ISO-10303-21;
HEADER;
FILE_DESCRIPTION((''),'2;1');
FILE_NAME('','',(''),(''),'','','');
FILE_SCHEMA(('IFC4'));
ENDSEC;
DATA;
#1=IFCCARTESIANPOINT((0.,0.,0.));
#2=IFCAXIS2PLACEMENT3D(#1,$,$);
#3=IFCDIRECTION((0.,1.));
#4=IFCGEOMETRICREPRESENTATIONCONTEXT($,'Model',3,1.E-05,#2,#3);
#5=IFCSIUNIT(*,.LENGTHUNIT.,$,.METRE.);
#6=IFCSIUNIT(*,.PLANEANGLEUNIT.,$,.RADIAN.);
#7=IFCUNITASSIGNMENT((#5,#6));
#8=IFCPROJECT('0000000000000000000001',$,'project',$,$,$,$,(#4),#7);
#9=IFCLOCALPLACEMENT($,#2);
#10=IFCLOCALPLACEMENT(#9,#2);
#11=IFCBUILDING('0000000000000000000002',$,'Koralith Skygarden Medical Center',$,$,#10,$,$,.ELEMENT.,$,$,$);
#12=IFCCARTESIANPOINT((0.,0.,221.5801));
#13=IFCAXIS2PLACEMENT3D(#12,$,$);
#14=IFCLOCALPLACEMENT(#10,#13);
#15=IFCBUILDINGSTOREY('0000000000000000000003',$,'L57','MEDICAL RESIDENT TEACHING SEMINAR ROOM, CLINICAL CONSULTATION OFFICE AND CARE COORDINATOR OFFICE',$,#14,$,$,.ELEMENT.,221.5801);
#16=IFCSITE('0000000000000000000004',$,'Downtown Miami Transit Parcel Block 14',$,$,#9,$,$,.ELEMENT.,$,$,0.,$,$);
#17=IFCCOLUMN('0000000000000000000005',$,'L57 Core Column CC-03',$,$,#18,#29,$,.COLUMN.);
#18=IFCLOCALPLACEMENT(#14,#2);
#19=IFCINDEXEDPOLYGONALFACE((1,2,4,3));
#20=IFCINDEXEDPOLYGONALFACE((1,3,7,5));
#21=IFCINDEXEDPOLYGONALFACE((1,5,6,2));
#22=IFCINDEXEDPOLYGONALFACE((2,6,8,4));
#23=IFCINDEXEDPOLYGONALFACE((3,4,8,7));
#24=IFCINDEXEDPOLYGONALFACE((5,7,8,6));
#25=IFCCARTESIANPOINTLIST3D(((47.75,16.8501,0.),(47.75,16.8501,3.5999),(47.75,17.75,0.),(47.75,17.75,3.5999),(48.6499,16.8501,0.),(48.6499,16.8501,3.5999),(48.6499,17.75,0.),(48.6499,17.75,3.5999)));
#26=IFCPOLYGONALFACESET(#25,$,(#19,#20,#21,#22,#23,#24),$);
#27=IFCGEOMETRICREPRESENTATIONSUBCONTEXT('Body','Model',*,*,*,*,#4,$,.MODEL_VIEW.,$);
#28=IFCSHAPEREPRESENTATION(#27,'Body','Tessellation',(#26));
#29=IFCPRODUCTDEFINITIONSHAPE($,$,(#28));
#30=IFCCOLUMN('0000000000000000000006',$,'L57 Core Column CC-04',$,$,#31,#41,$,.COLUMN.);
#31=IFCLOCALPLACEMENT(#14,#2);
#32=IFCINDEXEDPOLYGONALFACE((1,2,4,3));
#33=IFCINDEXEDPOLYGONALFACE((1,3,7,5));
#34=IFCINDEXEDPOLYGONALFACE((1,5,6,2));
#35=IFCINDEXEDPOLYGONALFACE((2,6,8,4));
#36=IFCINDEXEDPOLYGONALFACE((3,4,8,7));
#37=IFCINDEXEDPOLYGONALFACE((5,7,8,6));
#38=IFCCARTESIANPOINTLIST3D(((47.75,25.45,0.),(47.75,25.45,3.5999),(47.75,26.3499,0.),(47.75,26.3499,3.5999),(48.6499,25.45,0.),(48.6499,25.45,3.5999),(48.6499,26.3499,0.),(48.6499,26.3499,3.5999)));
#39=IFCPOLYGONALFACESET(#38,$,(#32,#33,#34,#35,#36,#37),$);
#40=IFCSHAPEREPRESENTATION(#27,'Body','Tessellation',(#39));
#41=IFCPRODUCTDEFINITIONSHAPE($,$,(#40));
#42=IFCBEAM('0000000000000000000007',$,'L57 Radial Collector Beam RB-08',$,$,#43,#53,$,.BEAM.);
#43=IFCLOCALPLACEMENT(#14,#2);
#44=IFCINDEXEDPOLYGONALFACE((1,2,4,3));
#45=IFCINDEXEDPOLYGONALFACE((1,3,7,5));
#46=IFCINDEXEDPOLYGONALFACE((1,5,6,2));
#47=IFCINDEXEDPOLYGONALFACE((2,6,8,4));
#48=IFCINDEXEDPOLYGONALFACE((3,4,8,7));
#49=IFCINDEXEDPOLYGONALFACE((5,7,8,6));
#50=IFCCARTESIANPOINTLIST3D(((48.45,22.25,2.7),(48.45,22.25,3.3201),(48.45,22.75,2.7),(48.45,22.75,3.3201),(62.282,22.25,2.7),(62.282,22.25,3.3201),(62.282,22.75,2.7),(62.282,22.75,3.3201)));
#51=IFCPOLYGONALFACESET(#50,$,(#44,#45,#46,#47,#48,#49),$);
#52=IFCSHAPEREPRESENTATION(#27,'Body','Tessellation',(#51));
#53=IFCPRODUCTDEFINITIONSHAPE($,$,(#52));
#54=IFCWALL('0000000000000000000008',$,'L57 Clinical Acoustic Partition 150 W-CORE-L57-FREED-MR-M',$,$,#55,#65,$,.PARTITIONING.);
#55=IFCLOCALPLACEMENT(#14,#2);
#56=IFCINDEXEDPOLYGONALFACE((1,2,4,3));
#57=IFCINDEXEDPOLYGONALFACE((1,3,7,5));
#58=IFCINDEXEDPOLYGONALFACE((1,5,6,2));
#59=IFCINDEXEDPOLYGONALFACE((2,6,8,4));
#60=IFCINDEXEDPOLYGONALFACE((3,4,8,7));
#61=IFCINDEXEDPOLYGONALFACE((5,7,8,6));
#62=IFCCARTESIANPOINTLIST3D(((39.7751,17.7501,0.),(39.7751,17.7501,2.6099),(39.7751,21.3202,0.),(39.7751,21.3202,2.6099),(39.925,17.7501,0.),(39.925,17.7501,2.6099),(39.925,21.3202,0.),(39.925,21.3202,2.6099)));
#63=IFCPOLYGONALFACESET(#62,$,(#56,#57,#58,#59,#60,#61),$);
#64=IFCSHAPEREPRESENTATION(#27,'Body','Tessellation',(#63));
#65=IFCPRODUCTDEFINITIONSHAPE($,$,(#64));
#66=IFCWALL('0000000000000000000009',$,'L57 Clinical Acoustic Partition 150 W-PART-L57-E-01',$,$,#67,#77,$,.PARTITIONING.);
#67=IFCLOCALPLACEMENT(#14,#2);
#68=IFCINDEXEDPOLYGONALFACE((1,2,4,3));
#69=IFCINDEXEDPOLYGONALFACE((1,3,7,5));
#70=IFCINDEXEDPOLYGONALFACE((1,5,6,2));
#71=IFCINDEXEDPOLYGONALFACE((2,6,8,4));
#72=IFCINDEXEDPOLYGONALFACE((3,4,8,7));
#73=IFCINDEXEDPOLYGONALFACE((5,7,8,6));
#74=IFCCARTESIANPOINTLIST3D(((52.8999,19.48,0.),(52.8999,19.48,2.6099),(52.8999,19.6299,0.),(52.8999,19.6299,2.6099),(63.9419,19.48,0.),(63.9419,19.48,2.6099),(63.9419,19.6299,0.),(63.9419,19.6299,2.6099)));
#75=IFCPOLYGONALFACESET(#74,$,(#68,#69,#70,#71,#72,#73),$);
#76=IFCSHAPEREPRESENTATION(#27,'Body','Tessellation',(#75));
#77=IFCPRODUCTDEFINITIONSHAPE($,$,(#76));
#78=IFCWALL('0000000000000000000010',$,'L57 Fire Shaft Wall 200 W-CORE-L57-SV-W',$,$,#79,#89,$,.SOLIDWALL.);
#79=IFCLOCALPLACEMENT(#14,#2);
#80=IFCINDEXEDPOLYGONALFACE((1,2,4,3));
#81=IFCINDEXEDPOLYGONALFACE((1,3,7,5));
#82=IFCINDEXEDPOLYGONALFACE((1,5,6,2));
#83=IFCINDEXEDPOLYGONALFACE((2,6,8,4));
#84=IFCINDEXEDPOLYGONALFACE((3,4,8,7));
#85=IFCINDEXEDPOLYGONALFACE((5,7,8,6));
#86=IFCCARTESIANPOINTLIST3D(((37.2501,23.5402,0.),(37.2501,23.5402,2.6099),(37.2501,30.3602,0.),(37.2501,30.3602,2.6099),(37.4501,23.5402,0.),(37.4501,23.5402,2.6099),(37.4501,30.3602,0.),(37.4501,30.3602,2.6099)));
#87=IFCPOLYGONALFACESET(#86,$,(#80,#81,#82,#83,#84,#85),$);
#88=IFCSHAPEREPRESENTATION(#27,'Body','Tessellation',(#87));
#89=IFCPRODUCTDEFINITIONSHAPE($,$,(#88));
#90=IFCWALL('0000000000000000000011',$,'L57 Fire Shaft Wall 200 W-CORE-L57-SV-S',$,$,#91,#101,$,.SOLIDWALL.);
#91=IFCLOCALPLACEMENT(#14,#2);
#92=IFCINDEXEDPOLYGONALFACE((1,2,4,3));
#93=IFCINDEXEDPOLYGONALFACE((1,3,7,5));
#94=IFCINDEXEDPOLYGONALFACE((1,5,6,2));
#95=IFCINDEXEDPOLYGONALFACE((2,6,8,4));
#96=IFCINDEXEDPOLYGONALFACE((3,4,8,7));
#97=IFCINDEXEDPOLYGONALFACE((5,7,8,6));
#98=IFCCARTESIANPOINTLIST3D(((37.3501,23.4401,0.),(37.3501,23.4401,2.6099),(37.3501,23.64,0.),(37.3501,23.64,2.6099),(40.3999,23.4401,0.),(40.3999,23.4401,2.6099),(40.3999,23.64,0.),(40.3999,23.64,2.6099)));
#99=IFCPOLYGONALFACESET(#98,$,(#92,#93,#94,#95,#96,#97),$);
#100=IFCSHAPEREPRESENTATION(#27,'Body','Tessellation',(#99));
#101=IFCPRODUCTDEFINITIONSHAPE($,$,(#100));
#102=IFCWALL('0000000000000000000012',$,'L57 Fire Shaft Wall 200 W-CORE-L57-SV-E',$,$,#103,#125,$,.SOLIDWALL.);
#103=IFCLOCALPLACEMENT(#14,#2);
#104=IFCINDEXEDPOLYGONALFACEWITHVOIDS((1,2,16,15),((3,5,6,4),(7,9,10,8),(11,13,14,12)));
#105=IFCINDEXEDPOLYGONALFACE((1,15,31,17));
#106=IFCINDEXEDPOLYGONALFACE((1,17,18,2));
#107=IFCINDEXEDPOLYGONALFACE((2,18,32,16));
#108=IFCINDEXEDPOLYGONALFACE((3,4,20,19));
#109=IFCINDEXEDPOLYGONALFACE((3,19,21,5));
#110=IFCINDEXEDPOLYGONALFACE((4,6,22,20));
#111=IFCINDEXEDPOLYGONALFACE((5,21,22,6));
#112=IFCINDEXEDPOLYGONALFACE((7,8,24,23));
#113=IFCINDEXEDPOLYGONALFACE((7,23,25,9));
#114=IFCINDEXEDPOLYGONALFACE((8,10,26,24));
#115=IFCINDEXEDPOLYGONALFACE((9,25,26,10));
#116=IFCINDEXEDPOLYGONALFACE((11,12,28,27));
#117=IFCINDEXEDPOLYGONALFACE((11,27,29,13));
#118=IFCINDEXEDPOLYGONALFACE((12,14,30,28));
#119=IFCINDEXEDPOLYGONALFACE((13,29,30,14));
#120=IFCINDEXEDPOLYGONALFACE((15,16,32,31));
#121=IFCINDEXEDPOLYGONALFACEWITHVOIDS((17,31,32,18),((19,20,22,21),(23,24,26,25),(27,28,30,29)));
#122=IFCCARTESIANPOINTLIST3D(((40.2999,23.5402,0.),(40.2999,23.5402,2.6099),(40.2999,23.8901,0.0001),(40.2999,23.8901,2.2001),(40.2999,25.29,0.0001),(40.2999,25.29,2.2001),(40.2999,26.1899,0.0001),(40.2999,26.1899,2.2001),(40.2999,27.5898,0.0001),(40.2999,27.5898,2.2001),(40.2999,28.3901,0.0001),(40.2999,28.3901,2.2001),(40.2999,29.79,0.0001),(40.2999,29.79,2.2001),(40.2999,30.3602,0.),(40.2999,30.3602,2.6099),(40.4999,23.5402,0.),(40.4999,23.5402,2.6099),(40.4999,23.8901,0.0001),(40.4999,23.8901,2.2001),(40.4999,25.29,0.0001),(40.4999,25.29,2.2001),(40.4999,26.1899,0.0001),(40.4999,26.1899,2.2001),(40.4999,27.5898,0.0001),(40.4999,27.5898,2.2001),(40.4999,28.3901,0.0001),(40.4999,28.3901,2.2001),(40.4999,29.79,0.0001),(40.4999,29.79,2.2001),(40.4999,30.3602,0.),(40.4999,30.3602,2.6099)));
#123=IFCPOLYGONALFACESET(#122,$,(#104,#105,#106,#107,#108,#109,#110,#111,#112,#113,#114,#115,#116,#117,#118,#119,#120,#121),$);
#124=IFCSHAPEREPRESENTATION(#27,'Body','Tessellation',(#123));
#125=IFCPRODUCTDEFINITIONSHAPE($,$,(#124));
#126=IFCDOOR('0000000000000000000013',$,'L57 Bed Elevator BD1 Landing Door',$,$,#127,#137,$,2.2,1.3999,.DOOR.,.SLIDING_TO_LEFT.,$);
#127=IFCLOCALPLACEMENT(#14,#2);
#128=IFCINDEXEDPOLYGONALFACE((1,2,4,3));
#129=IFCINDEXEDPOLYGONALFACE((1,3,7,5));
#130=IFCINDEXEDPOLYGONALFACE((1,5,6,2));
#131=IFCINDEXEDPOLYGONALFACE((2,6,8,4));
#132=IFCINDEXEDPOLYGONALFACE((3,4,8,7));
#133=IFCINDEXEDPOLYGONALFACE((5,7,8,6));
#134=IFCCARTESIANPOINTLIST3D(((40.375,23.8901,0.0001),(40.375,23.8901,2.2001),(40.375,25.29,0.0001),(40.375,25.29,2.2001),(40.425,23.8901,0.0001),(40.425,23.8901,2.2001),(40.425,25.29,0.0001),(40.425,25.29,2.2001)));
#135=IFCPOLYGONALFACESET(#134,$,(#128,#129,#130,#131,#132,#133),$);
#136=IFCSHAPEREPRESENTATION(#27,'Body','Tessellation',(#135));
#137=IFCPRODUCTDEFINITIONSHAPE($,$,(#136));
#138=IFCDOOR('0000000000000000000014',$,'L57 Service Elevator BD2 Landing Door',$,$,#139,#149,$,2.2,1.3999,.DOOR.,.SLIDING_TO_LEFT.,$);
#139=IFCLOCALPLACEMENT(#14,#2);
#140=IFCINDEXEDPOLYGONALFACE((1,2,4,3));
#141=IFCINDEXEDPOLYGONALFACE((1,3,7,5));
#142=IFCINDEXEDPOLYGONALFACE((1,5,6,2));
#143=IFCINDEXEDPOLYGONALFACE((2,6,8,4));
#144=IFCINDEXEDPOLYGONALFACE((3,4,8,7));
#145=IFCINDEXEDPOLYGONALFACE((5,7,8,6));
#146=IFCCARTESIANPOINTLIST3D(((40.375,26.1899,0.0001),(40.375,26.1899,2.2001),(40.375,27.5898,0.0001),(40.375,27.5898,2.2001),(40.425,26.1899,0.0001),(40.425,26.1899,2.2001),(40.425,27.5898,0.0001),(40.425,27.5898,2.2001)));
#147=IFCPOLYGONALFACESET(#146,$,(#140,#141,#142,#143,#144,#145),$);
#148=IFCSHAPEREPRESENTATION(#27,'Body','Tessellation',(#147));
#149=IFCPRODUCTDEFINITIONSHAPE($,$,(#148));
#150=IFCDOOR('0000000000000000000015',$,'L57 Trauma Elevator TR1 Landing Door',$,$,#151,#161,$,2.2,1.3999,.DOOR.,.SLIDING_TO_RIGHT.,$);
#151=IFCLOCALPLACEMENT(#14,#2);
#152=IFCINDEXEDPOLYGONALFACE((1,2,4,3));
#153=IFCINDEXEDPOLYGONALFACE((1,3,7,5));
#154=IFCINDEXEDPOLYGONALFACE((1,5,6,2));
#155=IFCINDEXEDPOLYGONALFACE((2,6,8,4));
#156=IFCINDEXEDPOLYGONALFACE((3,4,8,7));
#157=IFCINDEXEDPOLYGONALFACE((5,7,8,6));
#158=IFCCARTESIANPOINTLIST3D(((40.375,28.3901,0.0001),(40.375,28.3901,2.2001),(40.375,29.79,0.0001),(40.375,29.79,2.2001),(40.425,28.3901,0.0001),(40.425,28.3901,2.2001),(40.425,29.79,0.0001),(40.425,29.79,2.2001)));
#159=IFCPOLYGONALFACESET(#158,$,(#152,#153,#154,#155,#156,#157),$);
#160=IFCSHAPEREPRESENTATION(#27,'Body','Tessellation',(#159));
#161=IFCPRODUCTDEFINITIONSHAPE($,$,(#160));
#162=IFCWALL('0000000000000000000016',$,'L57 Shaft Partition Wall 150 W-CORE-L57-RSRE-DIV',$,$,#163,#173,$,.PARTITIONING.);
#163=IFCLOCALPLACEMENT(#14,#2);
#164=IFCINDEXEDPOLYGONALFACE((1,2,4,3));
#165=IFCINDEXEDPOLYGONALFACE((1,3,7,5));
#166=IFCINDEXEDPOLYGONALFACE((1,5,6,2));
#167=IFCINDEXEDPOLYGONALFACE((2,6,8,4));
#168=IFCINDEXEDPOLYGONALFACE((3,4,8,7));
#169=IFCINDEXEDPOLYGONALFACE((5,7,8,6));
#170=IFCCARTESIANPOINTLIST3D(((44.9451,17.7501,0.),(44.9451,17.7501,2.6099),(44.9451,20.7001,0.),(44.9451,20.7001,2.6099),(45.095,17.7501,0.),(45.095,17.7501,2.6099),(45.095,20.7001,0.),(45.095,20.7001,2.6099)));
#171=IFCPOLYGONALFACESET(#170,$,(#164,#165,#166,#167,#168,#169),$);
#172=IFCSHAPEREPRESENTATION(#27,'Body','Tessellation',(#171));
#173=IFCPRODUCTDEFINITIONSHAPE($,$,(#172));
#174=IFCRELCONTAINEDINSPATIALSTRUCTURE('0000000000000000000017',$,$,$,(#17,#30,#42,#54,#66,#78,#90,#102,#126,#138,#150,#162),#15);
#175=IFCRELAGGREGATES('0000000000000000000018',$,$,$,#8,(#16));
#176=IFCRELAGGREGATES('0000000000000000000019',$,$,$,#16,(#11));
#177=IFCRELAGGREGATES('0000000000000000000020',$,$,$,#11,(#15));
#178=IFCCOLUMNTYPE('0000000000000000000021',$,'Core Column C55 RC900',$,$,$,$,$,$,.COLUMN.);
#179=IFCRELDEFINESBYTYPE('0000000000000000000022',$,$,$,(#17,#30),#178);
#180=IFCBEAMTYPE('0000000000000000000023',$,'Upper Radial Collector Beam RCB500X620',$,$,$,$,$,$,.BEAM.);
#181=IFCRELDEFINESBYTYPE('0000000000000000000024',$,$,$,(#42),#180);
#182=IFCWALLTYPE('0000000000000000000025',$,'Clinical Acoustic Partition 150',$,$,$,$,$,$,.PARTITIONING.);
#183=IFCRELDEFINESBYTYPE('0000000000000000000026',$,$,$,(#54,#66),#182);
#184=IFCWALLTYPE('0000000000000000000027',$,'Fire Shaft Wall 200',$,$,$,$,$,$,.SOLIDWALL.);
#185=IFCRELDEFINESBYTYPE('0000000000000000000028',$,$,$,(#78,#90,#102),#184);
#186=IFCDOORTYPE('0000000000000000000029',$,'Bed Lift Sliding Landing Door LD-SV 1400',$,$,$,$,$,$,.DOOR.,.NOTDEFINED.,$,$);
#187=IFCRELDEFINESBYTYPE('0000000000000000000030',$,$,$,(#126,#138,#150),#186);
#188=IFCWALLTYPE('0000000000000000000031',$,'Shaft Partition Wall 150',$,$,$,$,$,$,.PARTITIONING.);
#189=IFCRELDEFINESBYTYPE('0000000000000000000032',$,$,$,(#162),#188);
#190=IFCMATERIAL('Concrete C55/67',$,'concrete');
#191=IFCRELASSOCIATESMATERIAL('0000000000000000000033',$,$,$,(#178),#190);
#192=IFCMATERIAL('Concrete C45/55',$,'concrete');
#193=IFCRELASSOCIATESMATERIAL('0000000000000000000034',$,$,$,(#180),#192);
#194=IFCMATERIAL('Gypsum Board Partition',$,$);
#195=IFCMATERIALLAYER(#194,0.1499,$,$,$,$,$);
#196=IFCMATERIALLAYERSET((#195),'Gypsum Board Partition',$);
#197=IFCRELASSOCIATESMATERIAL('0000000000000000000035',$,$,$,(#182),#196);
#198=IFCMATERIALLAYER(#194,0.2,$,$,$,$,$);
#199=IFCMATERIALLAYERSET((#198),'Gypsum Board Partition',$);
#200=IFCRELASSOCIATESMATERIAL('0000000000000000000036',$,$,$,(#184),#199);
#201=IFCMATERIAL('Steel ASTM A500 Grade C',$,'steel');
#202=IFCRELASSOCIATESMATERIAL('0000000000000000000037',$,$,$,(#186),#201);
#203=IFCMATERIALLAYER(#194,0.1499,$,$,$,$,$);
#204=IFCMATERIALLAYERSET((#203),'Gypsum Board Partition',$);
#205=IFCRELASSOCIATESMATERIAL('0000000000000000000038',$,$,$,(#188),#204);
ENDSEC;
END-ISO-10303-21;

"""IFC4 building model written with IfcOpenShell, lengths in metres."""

from ifc_helpers import new_model, si_unit, direction, frame, frame_2d, origin, origin_2d, place, context, subcontext, project, spatial, rectangle, extrude, material, layer, layer_set, material_profile, profile_set, type_object, element, fill, save


model = new_model("IFC4")

# Units and contexts
model_context = context("Model", 3, precision=1e-05, world=origin(), true_north=direction((0.0, 1.0)))
body_context = subcontext(model_context, "Body", "Model", "MODEL_VIEW")
ifc_project = project(units=[si_unit("LENGTHUNIT", "METRE"), si_unit("PLANEANGLEUNIT", "RADIAN")], contexts=[model_context])

# Site, building, storey
site_placement = place(None, origin())
site = spatial("IfcSite", under=ifc_project, at=site_placement, Name="Downtown Miami Transit Parcel Block 14", CompositionType="ELEMENT", RefElevation=0.0)
building_placement = place(site_placement, origin())
building = spatial("IfcBuilding", under=site, at=building_placement, Name="Koralith Skygarden Medical Center", CompositionType="ELEMENT")
storey_placement = place(building_placement, frame((0.0, 0.0, 221.5801)))
storey = spatial("IfcBuildingStorey", under=building, at=storey_placement, Name="L57", Description="MEDICAL RESIDENT TEACHING SEMINAR ROOM, CLINICAL CONSULTATION OFFICE AND CARE COORDINATOR OFFICE", CompositionType="ELEMENT", Elevation=221.5801)

# Columns
ifc_material_1 = material(Name="Concrete C55/67", Category="concrete")
ifc_material_profile_1 = material_profile(ifc_material_1, rectangle(XDim=0.8999, YDim=0.8999, at=origin_2d()), Name="RC900X900")
ifc_profile_set_1 = profile_set([ifc_material_profile_1], Name="Concrete C55/67")
column_type = type_object("IfcColumnType", Name="Core Column C55 RC900", PredefinedType="COLUMN", material=ifc_profile_set_1)
for number, where, z_axis, x_axis, name in (
    (1, (48.2, 17.3, 0.0), (0.0, 0.0, 1.0), (1.0, 0.0, 0.0), "L57 Core Column CC-03"),
    (2, (48.2, 25.8999, 0.0), (0.0, 0.0, 1.0), (1.0, 0.0, 0.0), "L57 Core Column CC-04"),
):
    element("IfcColumn", number, at=place(storey_placement, frame(where, z_axis=z_axis, x_axis=x_axis)), inside=storey, type_object=column_type, Name=name, PredefinedType="COLUMN", context=body_context, shape_type="SweptSolid", body=[
        extrude(rectangle(XDim=0.8999, YDim=0.8999, at=origin_2d()), origin(), (0.0, 0.0, 1.0), 3.5999),
    ])

# Beam
ifc_material_2 = material(Name="Concrete C45/55", Category="concrete")
ifc_material_profile_2 = material_profile(ifc_material_2, rectangle(XDim=0.5, YDim=0.6201, at=origin_2d()), Name="RCB500X620")
ifc_profile_set_2 = profile_set([ifc_material_profile_2], Name="Concrete C45/55")
beam_type = type_object("IfcBeamType", Name="Upper Radial Collector Beam RCB500X620", PredefinedType="BEAM", material=ifc_profile_set_2)
beam_placement = place(storey_placement, frame((48.45, 22.5, 3.01), z_axis=(1.0, 0.0, 0.0), x_axis=(0.0, 1.0, 0.0)))
element("IfcBeam", 3, at=beam_placement, inside=storey, type_object=beam_type, Name="L57 Radial Collector Beam RB-08", PredefinedType="BEAM", context=body_context, shape_type="SweptSolid", body=[
    extrude(rectangle(XDim=0.5, YDim=0.6201, at=origin_2d()), origin(), (0.0, 0.0, 1.0), 13.832),
])

# Shared definitions
ifc_material_3 = material(Name="Gypsum Board Partition")
ifc_layer_1 = layer(ifc_material_3, 0.1499)
ifc_layer_set_1 = layer_set([ifc_layer_1], Name="Gypsum Board Partition")
wall_type_1 = type_object("IfcWallType", Name="Clinical Acoustic Partition 150", PredefinedType="PARTITIONING", material=ifc_layer_set_1)

# Wall
wall_1_placement = place(storey_placement, frame((39.8501, 17.75, 0.0), z_axis=(0.0, 0.0, 1.0), x_axis=(0.0, 1.0, 0.0)))
element("IfcWall", 4, at=wall_1_placement, inside=storey, type_object=wall_type_1, Name="L57 Clinical Acoustic Partition 150 W-CORE-L57-FREED-MR-M", PredefinedType="PARTITIONING", context=body_context, shape_type="SweptSolid", body=[
    extrude(rectangle(XDim=3.5701, YDim=0.1499, at=frame_2d((1.7852, 0.0))), origin(), (0.0, 0.0, 1.0), 2.6099),
])

# Wall
wall_2_placement = place(storey_placement, frame((52.8999, 19.5549, 0.0), z_axis=(0.0, 0.0, 1.0), x_axis=(1.0, 0.0, 0.0)))
element("IfcWall", 5, at=wall_2_placement, inside=storey, type_object=wall_type_1, Name="L57 Clinical Acoustic Partition 150 W-PART-L57-E-01", PredefinedType="PARTITIONING", context=body_context, shape_type="SweptSolid", body=[
    extrude(rectangle(XDim=11.042, YDim=0.1499, at=frame_2d((5.521, 0.0))), origin(), (0.0, 0.0, 1.0), 2.6099),
])

# Shared definitions
ifc_layer_2 = layer(ifc_material_3, 0.2)
ifc_layer_set_2 = layer_set([ifc_layer_2], Name="Gypsum Board Partition")
wall_type_2 = type_object("IfcWallType", Name="Fire Shaft Wall 200", PredefinedType="SOLIDWALL", material=ifc_layer_set_2)
ifc_material_4 = material(Name="Steel ASTM A500 Grade C", Category="steel")

# Walls
wall_3_placement = place(storey_placement, frame((37.3501, 23.54, 0.0), z_axis=(0.0, 0.0, 1.0), x_axis=(0.0, 1.0, 0.0)))
element("IfcWall", 6, at=wall_3_placement, inside=storey, type_object=wall_type_2, Name="L57 Fire Shaft Wall 200 W-CORE-L57-SV-W", PredefinedType="SOLIDWALL", context=body_context, shape_type="SweptSolid", body=[
    extrude(rectangle(XDim=6.8201, YDim=0.2, at=frame_2d((3.4102, 0.0))), origin(), (0.0, 0.0, 1.0), 2.6099),
])
wall_4_placement = place(storey_placement, frame((37.3501, 23.54, 0.0), z_axis=(0.0, 0.0, 1.0), x_axis=(1.0, 0.0, 0.0)))
element("IfcWall", 7, at=wall_4_placement, inside=storey, type_object=wall_type_2, Name="L57 Fire Shaft Wall 200 W-CORE-L57-SV-S", PredefinedType="SOLIDWALL", context=body_context, shape_type="SweptSolid", body=[
    extrude(rectangle(XDim=3.0498, YDim=0.2, at=frame_2d((1.5249, 0.0))), origin(), (0.0, 0.0, 1.0), 2.6099),
])

# Wall, openings, doors
wall_5_placement = place(storey_placement, frame((40.3999, 23.54, 0.0), z_axis=(0.0, 0.0, 1.0), x_axis=(0.0, 1.0, 0.0)))
wall_5 = element("IfcWall", 8, at=wall_5_placement, inside=storey, type_object=wall_type_2, Name="L57 Fire Shaft Wall 200 W-CORE-L57-SV-E", PredefinedType="SOLIDWALL", context=body_context, shape_type="SweptSolid", body=[
    extrude(rectangle(XDim=6.8201, YDim=0.2, at=frame_2d((3.4102, 0.0))), origin(), (0.0, 0.0, 1.0), 2.6099),
])
opening_1_placement = place(wall_5_placement, frame((0.3501, 0.0, 0.0)))
opening_1 = element("IfcOpeningElement", 9, at=opening_1_placement, cuts=wall_5, PredefinedType="OPENING", context=body_context, shape_type="SweptSolid", body=[
    extrude(rectangle(XDim=1.3999, YDim=2.2, at=frame_2d((0.7, 1.1001))), frame((0.0, 0.1099, 0.0), z_axis=(0.0, -1.0, 0.0), x_axis=(1.0, 0.0, 0.0)), (0.0, 0.0, 1.0), 0.22),
])
opening_2_placement = place(wall_5_placement, frame((2.6499, 0.0, 0.0)))
opening_2 = element("IfcOpeningElement", 10, at=opening_2_placement, cuts=wall_5, PredefinedType="OPENING", context=body_context, shape_type="SweptSolid", body=[
    extrude(rectangle(XDim=1.3999, YDim=2.2, at=frame_2d((0.7, 1.1001))), frame((0.0, 0.1099, 0.0), z_axis=(0.0, -1.0, 0.0), x_axis=(1.0, 0.0, 0.0)), (0.0, 0.0, 1.0), 0.22),
])
opening_3_placement = place(wall_5_placement, frame((4.8501, 0.0, 0.0)))
opening_3 = element("IfcOpeningElement", 11, at=opening_3_placement, cuts=wall_5, PredefinedType="OPENING", context=body_context, shape_type="SweptSolid", body=[
    extrude(rectangle(XDim=1.3999, YDim=2.2, at=frame_2d((0.7, 1.1001))), frame((0.0, 0.1099, 0.0), z_axis=(0.0, -1.0, 0.0), x_axis=(1.0, 0.0, 0.0)), (0.0, 0.0, 1.0), 0.22),
])
door_type_1 = type_object("IfcDoorType", Name="Bed Lift Sliding Landing Door LD-SV 1400", OperationType="NOTDEFINED", PredefinedType="DOOR", material=ifc_material_4)
door_1_placement = place(opening_1_placement, origin())
door_1 = element("IfcDoor", 12, at=door_1_placement, inside=storey, type_object=door_type_1, Name="L57 Bed Elevator BD1 Landing Door", OperationType="SLIDING_TO_LEFT", OverallHeight=2.2, OverallWidth=1.3999, PredefinedType="DOOR", context=body_context, shape_type="SweptSolid", body=[
    extrude(rectangle(XDim=1.3999, YDim=2.2, at=frame_2d((0.7, 1.1001))), frame((0.0, 0.0249, 0.0), z_axis=(0.0, -1.0, 0.0), x_axis=(1.0, 0.0, 0.0)), (0.0, 0.0, 1.0), 0.05),
])
fill(opening_1, door_1)
door_2_placement = place(opening_2_placement, origin())
door_2 = element("IfcDoor", 13, at=door_2_placement, inside=storey, type_object=door_type_1, Name="L57 Service Elevator BD2 Landing Door", OperationType="SLIDING_TO_LEFT", OverallHeight=2.2, OverallWidth=1.3999, PredefinedType="DOOR", context=body_context, shape_type="SweptSolid", body=[
    extrude(rectangle(XDim=1.3999, YDim=2.2, at=frame_2d((0.7, 1.1001))), frame((0.0, 0.0249, 0.0), z_axis=(0.0, -1.0, 0.0), x_axis=(1.0, 0.0, 0.0)), (0.0, 0.0, 1.0), 0.05),
])
fill(opening_2, door_2)
door_3_placement = place(opening_3_placement, origin())
door_3 = element("IfcDoor", 14, at=door_3_placement, inside=storey, type_object=door_type_1, Name="L57 Trauma Elevator TR1 Landing Door", OperationType="SLIDING_TO_RIGHT", OverallHeight=2.2, OverallWidth=1.3999, PredefinedType="DOOR", context=body_context, shape_type="SweptSolid", body=[
    extrude(rectangle(XDim=1.3999, YDim=2.2, at=frame_2d((0.7, 1.1001))), frame((0.0, 0.0249, 0.0), z_axis=(0.0, -1.0, 0.0), x_axis=(1.0, 0.0, 0.0)), (0.0, 0.0, 1.0), 0.05),
])
fill(opening_3, door_3)

# Wall
ifc_layer_3 = layer(ifc_material_3, 0.1499)
ifc_layer_set_3 = layer_set([ifc_layer_3], Name="Gypsum Board Partition")
wall_type_3 = type_object("IfcWallType", Name="Shaft Partition Wall 150", PredefinedType="PARTITIONING", material=ifc_layer_set_3)
wall_6_placement = place(storey_placement, frame((45.02, 17.75, 0.0), z_axis=(0.0, 0.0, 1.0), x_axis=(0.0, 1.0, 0.0)))
element("IfcWall", 15, at=wall_6_placement, inside=storey, type_object=wall_type_3, Name="L57 Shaft Partition Wall 150 W-CORE-L57-RSRE-DIV", PredefinedType="PARTITIONING", context=body_context, shape_type="SweptSolid", body=[
    extrude(rectangle(XDim=2.95, YDim=0.1499, at=frame_2d((1.4751, 0.0))), origin(), (0.0, 0.0, 1.0), 2.6099),
])

save(model, "model.ifc")
